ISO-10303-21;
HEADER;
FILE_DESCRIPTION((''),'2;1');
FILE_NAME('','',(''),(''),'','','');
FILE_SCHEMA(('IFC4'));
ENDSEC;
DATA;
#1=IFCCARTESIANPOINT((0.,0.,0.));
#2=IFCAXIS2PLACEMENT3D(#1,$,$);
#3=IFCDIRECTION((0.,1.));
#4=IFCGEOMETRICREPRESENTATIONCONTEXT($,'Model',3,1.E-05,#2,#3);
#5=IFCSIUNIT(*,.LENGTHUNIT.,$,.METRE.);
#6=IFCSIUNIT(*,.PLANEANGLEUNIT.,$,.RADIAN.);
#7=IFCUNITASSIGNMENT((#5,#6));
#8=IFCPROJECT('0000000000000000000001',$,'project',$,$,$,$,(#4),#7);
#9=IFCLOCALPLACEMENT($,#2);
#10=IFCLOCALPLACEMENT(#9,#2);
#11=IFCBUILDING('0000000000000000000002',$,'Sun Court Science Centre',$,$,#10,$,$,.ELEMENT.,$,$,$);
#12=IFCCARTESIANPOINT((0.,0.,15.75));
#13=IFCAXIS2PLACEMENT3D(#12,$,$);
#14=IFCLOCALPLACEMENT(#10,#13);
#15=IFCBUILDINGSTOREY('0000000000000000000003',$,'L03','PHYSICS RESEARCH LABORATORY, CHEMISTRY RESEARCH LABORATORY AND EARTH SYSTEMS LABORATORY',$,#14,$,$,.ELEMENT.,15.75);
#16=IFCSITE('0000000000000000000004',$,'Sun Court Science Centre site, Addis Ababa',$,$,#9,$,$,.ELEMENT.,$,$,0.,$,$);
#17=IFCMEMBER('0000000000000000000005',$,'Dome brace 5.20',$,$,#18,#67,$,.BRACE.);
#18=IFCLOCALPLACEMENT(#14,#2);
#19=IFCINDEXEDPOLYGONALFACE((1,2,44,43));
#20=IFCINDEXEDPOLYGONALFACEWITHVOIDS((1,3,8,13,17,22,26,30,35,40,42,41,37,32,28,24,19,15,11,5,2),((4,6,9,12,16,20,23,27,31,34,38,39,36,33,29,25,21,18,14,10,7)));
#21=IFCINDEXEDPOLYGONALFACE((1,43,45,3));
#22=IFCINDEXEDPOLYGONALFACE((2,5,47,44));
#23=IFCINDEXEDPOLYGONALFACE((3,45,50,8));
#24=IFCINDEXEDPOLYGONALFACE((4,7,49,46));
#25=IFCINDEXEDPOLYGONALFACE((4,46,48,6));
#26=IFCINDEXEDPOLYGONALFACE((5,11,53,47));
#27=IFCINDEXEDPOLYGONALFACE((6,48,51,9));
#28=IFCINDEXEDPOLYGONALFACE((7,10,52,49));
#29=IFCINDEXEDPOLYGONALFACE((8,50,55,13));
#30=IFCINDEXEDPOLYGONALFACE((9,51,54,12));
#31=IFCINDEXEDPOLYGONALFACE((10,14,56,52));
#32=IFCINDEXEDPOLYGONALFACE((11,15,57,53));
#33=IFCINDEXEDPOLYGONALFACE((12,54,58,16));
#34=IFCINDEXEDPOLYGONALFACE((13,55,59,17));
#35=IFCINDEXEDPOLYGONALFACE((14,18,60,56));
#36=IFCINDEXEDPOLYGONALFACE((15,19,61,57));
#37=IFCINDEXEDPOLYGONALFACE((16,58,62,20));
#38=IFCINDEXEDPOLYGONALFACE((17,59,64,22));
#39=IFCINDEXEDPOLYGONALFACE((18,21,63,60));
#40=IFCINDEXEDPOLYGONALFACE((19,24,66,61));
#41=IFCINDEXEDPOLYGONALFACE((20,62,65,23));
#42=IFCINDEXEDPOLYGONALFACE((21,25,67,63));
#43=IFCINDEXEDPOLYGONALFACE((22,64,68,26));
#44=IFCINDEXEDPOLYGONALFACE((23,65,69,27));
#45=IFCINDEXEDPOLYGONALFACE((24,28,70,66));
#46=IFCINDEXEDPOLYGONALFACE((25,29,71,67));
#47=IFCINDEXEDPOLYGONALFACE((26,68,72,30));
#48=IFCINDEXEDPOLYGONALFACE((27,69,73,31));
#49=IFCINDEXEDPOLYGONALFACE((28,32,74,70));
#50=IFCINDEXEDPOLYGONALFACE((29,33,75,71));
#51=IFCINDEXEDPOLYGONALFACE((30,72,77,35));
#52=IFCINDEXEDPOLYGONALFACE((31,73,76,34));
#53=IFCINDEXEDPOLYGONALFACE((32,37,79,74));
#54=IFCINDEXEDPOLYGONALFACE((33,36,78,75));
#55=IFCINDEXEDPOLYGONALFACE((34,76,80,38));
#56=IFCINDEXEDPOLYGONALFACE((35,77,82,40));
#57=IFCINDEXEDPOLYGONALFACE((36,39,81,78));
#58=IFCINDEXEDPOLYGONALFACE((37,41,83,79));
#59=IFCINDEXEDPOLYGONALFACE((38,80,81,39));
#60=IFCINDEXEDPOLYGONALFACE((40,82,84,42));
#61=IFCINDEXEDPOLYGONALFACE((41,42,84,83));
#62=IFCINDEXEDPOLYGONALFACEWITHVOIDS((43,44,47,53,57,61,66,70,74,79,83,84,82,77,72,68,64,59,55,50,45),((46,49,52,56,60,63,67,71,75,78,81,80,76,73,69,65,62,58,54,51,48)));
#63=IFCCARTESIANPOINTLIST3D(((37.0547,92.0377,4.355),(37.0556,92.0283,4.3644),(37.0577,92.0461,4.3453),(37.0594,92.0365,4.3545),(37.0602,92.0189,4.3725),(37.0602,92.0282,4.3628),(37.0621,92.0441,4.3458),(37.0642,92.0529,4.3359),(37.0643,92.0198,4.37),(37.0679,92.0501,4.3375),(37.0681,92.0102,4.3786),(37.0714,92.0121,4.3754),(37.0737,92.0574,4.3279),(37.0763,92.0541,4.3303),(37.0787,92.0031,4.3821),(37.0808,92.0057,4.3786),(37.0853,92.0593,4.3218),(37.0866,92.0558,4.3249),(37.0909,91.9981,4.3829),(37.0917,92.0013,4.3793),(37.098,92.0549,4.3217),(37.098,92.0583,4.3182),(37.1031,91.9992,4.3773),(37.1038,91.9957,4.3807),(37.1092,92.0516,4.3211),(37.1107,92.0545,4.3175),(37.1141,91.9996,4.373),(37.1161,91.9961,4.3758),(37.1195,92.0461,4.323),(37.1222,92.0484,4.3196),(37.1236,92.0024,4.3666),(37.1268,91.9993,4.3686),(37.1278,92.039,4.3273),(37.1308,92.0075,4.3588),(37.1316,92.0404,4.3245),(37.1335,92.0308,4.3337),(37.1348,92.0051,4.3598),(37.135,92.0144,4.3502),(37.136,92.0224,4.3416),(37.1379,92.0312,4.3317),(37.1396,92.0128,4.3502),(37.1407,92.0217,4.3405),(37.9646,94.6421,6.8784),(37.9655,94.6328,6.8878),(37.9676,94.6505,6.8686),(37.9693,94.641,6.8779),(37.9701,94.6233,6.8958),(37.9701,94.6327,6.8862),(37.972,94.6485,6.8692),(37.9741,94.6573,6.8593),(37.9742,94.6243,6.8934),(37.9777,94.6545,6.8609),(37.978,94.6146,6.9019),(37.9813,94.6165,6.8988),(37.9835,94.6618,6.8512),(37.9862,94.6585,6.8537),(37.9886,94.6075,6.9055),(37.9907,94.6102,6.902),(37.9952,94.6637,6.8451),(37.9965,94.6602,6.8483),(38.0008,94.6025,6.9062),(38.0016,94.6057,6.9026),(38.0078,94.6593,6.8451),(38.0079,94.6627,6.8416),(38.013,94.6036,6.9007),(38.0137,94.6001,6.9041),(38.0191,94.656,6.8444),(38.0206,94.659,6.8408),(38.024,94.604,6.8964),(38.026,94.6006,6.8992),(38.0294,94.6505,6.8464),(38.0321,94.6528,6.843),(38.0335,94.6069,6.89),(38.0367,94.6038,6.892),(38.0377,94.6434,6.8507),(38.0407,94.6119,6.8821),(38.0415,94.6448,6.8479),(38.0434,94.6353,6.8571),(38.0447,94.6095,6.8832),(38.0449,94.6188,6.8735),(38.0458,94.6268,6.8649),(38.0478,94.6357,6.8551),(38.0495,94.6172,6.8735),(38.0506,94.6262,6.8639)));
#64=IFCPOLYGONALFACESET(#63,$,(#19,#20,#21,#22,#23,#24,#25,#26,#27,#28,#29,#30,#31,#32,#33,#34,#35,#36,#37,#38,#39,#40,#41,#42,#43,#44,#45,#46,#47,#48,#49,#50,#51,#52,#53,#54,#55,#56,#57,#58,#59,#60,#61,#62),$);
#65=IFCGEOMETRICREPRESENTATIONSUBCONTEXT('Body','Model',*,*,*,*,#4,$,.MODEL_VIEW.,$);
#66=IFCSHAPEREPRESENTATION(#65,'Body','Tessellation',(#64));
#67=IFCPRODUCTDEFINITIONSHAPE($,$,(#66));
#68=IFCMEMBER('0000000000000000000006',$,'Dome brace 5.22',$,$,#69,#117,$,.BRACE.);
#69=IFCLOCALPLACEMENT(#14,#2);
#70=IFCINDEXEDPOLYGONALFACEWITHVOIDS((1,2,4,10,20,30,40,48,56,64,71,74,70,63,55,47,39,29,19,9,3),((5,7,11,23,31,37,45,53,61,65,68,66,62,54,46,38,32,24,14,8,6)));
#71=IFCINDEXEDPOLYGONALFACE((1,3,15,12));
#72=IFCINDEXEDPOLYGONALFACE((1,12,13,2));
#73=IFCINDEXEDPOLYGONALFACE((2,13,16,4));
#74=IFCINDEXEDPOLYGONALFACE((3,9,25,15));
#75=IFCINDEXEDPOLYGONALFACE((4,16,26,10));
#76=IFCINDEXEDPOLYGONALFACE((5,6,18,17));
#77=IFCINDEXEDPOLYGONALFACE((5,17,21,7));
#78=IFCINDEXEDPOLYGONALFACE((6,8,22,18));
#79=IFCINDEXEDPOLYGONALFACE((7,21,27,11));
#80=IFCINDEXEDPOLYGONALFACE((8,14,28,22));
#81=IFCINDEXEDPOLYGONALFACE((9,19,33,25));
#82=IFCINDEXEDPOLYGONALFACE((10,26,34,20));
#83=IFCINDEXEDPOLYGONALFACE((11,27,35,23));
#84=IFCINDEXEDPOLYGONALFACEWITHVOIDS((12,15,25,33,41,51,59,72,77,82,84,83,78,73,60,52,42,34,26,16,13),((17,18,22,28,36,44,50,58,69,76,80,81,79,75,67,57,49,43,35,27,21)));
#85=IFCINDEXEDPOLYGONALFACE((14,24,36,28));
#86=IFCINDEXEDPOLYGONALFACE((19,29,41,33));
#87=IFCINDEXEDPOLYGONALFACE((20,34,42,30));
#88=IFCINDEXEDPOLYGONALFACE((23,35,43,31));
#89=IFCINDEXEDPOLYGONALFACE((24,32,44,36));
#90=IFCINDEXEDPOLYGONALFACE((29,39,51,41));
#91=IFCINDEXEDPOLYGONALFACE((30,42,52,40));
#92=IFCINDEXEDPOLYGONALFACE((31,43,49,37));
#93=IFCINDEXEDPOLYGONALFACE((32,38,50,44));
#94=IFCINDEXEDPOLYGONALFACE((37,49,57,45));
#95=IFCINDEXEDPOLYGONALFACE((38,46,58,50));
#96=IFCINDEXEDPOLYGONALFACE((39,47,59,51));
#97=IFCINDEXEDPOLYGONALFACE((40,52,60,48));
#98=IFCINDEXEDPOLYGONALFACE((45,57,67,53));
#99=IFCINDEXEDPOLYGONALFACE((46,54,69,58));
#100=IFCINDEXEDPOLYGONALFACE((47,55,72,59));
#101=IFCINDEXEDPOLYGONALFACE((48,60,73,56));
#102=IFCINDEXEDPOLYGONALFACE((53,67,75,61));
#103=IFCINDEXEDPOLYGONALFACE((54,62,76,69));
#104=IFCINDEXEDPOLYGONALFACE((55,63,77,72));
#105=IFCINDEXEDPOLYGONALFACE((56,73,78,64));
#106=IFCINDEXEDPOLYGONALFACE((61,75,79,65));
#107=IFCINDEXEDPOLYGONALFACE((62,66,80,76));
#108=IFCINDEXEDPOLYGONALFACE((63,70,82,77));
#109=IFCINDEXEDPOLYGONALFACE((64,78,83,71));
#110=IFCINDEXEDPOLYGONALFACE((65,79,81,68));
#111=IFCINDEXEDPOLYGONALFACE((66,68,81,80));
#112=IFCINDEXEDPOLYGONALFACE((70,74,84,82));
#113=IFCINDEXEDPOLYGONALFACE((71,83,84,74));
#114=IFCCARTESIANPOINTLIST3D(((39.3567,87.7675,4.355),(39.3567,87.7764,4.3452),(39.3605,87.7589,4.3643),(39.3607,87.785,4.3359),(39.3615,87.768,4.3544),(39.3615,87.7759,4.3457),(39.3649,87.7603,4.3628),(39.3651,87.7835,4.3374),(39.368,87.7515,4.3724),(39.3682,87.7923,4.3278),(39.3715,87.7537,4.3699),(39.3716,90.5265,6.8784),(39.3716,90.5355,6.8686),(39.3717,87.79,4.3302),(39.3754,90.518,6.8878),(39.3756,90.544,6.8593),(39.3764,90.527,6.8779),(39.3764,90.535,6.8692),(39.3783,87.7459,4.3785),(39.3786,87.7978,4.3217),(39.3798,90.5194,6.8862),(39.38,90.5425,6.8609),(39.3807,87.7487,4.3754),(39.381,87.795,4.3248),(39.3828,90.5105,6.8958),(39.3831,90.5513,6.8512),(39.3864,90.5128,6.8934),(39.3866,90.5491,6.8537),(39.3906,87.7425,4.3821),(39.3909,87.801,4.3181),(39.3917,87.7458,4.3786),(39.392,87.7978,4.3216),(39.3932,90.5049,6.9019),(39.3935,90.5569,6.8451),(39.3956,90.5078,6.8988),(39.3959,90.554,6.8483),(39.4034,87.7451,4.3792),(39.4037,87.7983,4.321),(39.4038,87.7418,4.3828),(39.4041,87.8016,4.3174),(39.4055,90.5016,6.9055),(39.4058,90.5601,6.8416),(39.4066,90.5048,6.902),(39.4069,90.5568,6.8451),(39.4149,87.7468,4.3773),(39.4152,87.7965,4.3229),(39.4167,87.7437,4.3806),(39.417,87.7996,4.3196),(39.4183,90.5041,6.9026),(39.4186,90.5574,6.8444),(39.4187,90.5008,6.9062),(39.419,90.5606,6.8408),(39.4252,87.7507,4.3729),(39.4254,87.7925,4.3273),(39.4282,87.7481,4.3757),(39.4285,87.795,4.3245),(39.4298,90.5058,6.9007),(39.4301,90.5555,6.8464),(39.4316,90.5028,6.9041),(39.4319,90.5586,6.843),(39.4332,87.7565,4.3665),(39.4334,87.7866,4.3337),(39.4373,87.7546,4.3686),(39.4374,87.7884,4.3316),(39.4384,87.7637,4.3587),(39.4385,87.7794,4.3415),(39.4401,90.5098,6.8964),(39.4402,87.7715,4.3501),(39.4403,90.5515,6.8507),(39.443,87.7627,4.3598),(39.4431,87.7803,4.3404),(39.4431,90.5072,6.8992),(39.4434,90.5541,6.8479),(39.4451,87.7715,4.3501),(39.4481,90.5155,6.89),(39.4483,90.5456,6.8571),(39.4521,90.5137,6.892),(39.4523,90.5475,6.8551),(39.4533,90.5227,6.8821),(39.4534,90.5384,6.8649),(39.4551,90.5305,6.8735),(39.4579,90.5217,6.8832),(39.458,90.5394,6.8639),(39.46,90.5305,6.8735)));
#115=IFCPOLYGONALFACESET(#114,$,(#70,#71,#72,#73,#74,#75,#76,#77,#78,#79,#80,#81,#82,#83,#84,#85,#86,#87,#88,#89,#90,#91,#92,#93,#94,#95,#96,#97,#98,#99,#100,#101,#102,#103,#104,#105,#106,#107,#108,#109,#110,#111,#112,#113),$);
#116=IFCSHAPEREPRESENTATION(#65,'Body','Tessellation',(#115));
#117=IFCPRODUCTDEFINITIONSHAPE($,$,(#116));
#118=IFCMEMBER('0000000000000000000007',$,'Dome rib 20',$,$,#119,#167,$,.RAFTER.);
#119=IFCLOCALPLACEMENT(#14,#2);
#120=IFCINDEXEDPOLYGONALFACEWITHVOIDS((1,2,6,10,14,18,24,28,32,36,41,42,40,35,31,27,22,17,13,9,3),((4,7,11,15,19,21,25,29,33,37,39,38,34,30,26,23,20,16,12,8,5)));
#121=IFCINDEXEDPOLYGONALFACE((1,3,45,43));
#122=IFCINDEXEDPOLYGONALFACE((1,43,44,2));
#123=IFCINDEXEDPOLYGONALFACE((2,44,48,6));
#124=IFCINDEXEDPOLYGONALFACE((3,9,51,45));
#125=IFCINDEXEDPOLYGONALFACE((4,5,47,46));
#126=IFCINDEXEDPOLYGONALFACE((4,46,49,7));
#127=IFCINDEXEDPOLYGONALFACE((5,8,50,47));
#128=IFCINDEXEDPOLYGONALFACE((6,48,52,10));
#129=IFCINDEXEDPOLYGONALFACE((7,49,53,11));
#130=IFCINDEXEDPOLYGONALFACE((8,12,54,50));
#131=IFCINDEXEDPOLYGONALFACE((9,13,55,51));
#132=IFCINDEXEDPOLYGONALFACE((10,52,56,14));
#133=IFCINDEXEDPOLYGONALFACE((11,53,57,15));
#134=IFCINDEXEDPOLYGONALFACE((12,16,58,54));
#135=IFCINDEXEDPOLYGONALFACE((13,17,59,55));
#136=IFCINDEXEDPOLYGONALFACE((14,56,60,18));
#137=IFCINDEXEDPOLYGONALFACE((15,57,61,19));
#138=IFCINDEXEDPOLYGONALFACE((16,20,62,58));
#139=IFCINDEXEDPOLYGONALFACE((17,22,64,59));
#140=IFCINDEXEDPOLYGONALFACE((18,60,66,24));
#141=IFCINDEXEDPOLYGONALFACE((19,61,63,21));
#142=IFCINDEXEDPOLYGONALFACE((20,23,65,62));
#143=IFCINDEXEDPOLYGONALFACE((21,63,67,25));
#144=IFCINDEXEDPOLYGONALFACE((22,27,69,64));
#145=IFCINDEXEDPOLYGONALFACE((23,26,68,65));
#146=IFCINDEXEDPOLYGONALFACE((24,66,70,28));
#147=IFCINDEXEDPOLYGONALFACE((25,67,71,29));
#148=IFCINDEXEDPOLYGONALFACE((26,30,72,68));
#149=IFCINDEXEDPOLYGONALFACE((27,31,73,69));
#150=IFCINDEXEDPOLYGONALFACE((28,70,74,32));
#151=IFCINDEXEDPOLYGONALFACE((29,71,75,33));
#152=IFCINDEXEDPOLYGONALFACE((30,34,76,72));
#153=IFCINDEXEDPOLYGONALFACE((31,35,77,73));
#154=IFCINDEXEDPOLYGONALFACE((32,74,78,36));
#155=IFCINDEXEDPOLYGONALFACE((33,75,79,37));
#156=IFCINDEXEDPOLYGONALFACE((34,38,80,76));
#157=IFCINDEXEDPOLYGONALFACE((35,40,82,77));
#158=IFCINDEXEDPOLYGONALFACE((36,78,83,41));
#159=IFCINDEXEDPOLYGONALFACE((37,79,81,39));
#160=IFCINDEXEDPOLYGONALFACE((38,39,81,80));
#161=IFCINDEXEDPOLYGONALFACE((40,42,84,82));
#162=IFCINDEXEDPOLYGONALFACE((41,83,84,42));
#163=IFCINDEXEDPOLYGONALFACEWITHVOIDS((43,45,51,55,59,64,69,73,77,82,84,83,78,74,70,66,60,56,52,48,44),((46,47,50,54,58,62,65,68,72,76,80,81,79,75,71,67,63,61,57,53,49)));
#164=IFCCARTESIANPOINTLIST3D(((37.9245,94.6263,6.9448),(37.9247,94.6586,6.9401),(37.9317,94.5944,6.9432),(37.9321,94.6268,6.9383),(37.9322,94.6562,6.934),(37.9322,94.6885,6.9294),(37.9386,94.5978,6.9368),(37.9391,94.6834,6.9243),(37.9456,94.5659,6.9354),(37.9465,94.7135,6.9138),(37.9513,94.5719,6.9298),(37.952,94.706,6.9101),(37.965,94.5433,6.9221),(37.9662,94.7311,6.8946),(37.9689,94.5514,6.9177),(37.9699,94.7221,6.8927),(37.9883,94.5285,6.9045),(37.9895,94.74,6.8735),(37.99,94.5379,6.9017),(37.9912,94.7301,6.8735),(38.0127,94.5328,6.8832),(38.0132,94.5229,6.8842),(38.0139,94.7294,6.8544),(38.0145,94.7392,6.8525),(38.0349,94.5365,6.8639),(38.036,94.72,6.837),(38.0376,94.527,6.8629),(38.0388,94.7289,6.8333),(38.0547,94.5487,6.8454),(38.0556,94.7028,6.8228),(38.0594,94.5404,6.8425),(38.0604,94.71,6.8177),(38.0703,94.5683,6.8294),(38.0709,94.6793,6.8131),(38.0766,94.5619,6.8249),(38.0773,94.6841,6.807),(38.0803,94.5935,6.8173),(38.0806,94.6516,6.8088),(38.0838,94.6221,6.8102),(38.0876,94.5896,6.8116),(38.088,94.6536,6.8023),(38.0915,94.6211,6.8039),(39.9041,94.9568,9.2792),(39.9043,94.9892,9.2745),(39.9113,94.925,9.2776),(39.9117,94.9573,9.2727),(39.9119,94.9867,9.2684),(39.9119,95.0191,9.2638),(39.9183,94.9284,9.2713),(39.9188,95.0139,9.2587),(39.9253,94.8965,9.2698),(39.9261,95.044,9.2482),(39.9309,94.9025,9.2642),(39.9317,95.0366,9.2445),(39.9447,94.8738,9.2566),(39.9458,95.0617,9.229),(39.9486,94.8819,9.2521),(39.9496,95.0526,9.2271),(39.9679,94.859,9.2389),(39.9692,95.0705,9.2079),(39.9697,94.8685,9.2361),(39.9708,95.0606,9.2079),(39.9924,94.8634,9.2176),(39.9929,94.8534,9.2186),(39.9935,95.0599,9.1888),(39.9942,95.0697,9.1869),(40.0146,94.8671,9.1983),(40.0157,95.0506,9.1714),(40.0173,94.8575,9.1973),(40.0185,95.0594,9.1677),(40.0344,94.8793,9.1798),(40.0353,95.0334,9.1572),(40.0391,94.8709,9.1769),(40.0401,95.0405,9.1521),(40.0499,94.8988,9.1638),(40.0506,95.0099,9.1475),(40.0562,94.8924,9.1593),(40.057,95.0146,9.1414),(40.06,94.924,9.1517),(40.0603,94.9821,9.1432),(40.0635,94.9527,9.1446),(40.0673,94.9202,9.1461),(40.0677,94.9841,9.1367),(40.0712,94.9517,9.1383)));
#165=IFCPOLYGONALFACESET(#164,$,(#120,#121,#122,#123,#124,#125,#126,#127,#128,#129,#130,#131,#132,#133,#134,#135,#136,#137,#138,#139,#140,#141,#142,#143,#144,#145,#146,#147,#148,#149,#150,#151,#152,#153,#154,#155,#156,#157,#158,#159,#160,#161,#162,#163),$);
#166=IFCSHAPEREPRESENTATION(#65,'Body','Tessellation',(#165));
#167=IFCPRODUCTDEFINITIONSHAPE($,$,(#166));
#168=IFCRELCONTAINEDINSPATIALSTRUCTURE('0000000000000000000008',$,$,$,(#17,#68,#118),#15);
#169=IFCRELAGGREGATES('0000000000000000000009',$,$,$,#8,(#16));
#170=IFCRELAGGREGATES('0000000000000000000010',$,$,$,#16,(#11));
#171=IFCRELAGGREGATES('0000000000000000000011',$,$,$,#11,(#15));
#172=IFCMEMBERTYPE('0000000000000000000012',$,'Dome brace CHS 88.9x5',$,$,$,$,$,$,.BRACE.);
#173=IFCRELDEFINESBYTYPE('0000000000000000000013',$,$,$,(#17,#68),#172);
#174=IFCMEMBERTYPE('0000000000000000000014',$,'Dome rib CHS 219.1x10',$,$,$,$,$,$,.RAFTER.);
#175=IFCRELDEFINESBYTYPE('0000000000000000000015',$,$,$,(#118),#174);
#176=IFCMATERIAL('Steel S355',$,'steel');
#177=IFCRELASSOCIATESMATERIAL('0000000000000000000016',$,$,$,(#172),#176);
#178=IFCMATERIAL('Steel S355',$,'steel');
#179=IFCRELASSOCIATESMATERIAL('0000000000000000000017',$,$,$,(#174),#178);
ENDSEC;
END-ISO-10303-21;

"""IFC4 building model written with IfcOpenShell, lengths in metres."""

from ifc_helpers import new_model, si_unit, direction, frame, origin, origin_2d, place, context, subcontext, project, spatial, hollow_circle, extrude, material, material_profile, profile_set, type_object, element, save


model = new_model("IFC4")

# Units and contexts
model_context = context("Model", 3, precision=1e-05, world=origin(), true_north=direction((0.0, 1.0)))
body_context = subcontext(model_context, "Body", "Model", "MODEL_VIEW")
ifc_project = project(units=[si_unit("LENGTHUNIT", "METRE"), si_unit("PLANEANGLEUNIT", "RADIAN")], contexts=[model_context])

# Site, building, storey
site_placement = place(None, origin())
site = spatial("IfcSite", under=ifc_project, at=site_placement, Name="Sun Court Science Centre site, Addis Ababa", CompositionType="ELEMENT", RefElevation=0.0)
building_placement = place(site_placement, origin())
building = spatial("IfcBuilding", under=site, at=building_placement, Name="Sun Court Science Centre", CompositionType="ELEMENT")
storey_placement = place(building_placement, frame((0.0, 0.0, 15.75)))
storey = spatial("IfcBuildingStorey", under=building, at=storey_placement, Name="L03", Description="PHYSICS RESEARCH LABORATORY, CHEMISTRY RESEARCH LABORATORY AND EARTH SYSTEMS LABORATORY", CompositionType="ELEMENT", Elevation=15.75)

# Members
ifc_material_1 = material(Name="Steel S355", Category="steel")
ifc_material_profile_1 = material_profile(ifc_material_1, hollow_circle(Radius=0.0444, WallThickness=0.0049, at=origin_2d()), Name="CHS 88.9x5")
ifc_profile_set_1 = profile_set([ifc_material_profile_1], Name="Steel S355")
member_type_1 = type_object("IfcMemberType", Name="Dome brace CHS 88.9x5", PredefinedType="BRACE", material=ifc_profile_set_1)
member_1_placement = place(storey_placement, frame((38.0076, 94.6318, 6.8735), z_axis=(-0.243366, -0.696601, -0.674922), x_axis=(0.944046, -0.329814, 0.0)))
element("IfcMember", 1, at=member_1_placement, inside=storey, type_object=member_type_1, Name="Dome brace 5.20", PredefinedType="BRACE", context=body_context, shape_type="SweptSolid", body=[
    extrude(hollow_circle(Radius=0.0444, WallThickness=0.0049, at=origin_2d()), origin(), (0.0, 0.0, 1.0), 3.7388),
])
member_2_placement = place(storey_placement, frame((39.4155, 90.5308, 6.8735), z_axis=(-0.003983, -0.737904, -0.674894), x_axis=(0.999985, -0.005398, 0.0)))
element("IfcMember", 2, at=member_2_placement, inside=storey, type_object=member_type_1, Name="Dome brace 5.22", PredefinedType="BRACE", context=body_context, shape_type="SweptSolid", body=[
    extrude(hollow_circle(Radius=0.0444, WallThickness=0.0049, at=origin_2d()), origin(), (0.0, 0.0, 1.0), 3.739),
])
ifc_material_2 = material(Name="Steel S355", Category="steel")
ifc_material_profile_2 = material_profile(ifc_material_2, hollow_circle(Radius=0.1096, WallThickness=0.01, at=origin_2d()), Name="CHS 219.1x10")
ifc_profile_set_2 = profile_set([ifc_material_profile_2], Name="Steel S355")
member_type_2 = type_object("IfcMemberType", Name="Dome rib CHS 219.1x10", PredefinedType="RAFTER", material=ifc_profile_set_2)
for number, where, z_axis, x_axis, name in (
    (3, (38.0076, 94.6318, 6.8735), (0.643043, 0.107372, 0.758266), (-0.164695, 0.986345, 0.0), "Dome rib 20"),
):
    element("IfcMember", number, at=place(storey_placement, frame(where, z_axis=z_axis, x_axis=x_axis)), inside=storey, type_object=member_type_2, Name=name, PredefinedType="RAFTER", context=body_context, shape_type="SweptSolid", body=[
        extrude(hollow_circle(Radius=0.1096, WallThickness=0.01, at=origin_2d()), origin(), (0.0, 0.0, 1.0), 3.0786),
    ])

save(model, "model.ifc")
